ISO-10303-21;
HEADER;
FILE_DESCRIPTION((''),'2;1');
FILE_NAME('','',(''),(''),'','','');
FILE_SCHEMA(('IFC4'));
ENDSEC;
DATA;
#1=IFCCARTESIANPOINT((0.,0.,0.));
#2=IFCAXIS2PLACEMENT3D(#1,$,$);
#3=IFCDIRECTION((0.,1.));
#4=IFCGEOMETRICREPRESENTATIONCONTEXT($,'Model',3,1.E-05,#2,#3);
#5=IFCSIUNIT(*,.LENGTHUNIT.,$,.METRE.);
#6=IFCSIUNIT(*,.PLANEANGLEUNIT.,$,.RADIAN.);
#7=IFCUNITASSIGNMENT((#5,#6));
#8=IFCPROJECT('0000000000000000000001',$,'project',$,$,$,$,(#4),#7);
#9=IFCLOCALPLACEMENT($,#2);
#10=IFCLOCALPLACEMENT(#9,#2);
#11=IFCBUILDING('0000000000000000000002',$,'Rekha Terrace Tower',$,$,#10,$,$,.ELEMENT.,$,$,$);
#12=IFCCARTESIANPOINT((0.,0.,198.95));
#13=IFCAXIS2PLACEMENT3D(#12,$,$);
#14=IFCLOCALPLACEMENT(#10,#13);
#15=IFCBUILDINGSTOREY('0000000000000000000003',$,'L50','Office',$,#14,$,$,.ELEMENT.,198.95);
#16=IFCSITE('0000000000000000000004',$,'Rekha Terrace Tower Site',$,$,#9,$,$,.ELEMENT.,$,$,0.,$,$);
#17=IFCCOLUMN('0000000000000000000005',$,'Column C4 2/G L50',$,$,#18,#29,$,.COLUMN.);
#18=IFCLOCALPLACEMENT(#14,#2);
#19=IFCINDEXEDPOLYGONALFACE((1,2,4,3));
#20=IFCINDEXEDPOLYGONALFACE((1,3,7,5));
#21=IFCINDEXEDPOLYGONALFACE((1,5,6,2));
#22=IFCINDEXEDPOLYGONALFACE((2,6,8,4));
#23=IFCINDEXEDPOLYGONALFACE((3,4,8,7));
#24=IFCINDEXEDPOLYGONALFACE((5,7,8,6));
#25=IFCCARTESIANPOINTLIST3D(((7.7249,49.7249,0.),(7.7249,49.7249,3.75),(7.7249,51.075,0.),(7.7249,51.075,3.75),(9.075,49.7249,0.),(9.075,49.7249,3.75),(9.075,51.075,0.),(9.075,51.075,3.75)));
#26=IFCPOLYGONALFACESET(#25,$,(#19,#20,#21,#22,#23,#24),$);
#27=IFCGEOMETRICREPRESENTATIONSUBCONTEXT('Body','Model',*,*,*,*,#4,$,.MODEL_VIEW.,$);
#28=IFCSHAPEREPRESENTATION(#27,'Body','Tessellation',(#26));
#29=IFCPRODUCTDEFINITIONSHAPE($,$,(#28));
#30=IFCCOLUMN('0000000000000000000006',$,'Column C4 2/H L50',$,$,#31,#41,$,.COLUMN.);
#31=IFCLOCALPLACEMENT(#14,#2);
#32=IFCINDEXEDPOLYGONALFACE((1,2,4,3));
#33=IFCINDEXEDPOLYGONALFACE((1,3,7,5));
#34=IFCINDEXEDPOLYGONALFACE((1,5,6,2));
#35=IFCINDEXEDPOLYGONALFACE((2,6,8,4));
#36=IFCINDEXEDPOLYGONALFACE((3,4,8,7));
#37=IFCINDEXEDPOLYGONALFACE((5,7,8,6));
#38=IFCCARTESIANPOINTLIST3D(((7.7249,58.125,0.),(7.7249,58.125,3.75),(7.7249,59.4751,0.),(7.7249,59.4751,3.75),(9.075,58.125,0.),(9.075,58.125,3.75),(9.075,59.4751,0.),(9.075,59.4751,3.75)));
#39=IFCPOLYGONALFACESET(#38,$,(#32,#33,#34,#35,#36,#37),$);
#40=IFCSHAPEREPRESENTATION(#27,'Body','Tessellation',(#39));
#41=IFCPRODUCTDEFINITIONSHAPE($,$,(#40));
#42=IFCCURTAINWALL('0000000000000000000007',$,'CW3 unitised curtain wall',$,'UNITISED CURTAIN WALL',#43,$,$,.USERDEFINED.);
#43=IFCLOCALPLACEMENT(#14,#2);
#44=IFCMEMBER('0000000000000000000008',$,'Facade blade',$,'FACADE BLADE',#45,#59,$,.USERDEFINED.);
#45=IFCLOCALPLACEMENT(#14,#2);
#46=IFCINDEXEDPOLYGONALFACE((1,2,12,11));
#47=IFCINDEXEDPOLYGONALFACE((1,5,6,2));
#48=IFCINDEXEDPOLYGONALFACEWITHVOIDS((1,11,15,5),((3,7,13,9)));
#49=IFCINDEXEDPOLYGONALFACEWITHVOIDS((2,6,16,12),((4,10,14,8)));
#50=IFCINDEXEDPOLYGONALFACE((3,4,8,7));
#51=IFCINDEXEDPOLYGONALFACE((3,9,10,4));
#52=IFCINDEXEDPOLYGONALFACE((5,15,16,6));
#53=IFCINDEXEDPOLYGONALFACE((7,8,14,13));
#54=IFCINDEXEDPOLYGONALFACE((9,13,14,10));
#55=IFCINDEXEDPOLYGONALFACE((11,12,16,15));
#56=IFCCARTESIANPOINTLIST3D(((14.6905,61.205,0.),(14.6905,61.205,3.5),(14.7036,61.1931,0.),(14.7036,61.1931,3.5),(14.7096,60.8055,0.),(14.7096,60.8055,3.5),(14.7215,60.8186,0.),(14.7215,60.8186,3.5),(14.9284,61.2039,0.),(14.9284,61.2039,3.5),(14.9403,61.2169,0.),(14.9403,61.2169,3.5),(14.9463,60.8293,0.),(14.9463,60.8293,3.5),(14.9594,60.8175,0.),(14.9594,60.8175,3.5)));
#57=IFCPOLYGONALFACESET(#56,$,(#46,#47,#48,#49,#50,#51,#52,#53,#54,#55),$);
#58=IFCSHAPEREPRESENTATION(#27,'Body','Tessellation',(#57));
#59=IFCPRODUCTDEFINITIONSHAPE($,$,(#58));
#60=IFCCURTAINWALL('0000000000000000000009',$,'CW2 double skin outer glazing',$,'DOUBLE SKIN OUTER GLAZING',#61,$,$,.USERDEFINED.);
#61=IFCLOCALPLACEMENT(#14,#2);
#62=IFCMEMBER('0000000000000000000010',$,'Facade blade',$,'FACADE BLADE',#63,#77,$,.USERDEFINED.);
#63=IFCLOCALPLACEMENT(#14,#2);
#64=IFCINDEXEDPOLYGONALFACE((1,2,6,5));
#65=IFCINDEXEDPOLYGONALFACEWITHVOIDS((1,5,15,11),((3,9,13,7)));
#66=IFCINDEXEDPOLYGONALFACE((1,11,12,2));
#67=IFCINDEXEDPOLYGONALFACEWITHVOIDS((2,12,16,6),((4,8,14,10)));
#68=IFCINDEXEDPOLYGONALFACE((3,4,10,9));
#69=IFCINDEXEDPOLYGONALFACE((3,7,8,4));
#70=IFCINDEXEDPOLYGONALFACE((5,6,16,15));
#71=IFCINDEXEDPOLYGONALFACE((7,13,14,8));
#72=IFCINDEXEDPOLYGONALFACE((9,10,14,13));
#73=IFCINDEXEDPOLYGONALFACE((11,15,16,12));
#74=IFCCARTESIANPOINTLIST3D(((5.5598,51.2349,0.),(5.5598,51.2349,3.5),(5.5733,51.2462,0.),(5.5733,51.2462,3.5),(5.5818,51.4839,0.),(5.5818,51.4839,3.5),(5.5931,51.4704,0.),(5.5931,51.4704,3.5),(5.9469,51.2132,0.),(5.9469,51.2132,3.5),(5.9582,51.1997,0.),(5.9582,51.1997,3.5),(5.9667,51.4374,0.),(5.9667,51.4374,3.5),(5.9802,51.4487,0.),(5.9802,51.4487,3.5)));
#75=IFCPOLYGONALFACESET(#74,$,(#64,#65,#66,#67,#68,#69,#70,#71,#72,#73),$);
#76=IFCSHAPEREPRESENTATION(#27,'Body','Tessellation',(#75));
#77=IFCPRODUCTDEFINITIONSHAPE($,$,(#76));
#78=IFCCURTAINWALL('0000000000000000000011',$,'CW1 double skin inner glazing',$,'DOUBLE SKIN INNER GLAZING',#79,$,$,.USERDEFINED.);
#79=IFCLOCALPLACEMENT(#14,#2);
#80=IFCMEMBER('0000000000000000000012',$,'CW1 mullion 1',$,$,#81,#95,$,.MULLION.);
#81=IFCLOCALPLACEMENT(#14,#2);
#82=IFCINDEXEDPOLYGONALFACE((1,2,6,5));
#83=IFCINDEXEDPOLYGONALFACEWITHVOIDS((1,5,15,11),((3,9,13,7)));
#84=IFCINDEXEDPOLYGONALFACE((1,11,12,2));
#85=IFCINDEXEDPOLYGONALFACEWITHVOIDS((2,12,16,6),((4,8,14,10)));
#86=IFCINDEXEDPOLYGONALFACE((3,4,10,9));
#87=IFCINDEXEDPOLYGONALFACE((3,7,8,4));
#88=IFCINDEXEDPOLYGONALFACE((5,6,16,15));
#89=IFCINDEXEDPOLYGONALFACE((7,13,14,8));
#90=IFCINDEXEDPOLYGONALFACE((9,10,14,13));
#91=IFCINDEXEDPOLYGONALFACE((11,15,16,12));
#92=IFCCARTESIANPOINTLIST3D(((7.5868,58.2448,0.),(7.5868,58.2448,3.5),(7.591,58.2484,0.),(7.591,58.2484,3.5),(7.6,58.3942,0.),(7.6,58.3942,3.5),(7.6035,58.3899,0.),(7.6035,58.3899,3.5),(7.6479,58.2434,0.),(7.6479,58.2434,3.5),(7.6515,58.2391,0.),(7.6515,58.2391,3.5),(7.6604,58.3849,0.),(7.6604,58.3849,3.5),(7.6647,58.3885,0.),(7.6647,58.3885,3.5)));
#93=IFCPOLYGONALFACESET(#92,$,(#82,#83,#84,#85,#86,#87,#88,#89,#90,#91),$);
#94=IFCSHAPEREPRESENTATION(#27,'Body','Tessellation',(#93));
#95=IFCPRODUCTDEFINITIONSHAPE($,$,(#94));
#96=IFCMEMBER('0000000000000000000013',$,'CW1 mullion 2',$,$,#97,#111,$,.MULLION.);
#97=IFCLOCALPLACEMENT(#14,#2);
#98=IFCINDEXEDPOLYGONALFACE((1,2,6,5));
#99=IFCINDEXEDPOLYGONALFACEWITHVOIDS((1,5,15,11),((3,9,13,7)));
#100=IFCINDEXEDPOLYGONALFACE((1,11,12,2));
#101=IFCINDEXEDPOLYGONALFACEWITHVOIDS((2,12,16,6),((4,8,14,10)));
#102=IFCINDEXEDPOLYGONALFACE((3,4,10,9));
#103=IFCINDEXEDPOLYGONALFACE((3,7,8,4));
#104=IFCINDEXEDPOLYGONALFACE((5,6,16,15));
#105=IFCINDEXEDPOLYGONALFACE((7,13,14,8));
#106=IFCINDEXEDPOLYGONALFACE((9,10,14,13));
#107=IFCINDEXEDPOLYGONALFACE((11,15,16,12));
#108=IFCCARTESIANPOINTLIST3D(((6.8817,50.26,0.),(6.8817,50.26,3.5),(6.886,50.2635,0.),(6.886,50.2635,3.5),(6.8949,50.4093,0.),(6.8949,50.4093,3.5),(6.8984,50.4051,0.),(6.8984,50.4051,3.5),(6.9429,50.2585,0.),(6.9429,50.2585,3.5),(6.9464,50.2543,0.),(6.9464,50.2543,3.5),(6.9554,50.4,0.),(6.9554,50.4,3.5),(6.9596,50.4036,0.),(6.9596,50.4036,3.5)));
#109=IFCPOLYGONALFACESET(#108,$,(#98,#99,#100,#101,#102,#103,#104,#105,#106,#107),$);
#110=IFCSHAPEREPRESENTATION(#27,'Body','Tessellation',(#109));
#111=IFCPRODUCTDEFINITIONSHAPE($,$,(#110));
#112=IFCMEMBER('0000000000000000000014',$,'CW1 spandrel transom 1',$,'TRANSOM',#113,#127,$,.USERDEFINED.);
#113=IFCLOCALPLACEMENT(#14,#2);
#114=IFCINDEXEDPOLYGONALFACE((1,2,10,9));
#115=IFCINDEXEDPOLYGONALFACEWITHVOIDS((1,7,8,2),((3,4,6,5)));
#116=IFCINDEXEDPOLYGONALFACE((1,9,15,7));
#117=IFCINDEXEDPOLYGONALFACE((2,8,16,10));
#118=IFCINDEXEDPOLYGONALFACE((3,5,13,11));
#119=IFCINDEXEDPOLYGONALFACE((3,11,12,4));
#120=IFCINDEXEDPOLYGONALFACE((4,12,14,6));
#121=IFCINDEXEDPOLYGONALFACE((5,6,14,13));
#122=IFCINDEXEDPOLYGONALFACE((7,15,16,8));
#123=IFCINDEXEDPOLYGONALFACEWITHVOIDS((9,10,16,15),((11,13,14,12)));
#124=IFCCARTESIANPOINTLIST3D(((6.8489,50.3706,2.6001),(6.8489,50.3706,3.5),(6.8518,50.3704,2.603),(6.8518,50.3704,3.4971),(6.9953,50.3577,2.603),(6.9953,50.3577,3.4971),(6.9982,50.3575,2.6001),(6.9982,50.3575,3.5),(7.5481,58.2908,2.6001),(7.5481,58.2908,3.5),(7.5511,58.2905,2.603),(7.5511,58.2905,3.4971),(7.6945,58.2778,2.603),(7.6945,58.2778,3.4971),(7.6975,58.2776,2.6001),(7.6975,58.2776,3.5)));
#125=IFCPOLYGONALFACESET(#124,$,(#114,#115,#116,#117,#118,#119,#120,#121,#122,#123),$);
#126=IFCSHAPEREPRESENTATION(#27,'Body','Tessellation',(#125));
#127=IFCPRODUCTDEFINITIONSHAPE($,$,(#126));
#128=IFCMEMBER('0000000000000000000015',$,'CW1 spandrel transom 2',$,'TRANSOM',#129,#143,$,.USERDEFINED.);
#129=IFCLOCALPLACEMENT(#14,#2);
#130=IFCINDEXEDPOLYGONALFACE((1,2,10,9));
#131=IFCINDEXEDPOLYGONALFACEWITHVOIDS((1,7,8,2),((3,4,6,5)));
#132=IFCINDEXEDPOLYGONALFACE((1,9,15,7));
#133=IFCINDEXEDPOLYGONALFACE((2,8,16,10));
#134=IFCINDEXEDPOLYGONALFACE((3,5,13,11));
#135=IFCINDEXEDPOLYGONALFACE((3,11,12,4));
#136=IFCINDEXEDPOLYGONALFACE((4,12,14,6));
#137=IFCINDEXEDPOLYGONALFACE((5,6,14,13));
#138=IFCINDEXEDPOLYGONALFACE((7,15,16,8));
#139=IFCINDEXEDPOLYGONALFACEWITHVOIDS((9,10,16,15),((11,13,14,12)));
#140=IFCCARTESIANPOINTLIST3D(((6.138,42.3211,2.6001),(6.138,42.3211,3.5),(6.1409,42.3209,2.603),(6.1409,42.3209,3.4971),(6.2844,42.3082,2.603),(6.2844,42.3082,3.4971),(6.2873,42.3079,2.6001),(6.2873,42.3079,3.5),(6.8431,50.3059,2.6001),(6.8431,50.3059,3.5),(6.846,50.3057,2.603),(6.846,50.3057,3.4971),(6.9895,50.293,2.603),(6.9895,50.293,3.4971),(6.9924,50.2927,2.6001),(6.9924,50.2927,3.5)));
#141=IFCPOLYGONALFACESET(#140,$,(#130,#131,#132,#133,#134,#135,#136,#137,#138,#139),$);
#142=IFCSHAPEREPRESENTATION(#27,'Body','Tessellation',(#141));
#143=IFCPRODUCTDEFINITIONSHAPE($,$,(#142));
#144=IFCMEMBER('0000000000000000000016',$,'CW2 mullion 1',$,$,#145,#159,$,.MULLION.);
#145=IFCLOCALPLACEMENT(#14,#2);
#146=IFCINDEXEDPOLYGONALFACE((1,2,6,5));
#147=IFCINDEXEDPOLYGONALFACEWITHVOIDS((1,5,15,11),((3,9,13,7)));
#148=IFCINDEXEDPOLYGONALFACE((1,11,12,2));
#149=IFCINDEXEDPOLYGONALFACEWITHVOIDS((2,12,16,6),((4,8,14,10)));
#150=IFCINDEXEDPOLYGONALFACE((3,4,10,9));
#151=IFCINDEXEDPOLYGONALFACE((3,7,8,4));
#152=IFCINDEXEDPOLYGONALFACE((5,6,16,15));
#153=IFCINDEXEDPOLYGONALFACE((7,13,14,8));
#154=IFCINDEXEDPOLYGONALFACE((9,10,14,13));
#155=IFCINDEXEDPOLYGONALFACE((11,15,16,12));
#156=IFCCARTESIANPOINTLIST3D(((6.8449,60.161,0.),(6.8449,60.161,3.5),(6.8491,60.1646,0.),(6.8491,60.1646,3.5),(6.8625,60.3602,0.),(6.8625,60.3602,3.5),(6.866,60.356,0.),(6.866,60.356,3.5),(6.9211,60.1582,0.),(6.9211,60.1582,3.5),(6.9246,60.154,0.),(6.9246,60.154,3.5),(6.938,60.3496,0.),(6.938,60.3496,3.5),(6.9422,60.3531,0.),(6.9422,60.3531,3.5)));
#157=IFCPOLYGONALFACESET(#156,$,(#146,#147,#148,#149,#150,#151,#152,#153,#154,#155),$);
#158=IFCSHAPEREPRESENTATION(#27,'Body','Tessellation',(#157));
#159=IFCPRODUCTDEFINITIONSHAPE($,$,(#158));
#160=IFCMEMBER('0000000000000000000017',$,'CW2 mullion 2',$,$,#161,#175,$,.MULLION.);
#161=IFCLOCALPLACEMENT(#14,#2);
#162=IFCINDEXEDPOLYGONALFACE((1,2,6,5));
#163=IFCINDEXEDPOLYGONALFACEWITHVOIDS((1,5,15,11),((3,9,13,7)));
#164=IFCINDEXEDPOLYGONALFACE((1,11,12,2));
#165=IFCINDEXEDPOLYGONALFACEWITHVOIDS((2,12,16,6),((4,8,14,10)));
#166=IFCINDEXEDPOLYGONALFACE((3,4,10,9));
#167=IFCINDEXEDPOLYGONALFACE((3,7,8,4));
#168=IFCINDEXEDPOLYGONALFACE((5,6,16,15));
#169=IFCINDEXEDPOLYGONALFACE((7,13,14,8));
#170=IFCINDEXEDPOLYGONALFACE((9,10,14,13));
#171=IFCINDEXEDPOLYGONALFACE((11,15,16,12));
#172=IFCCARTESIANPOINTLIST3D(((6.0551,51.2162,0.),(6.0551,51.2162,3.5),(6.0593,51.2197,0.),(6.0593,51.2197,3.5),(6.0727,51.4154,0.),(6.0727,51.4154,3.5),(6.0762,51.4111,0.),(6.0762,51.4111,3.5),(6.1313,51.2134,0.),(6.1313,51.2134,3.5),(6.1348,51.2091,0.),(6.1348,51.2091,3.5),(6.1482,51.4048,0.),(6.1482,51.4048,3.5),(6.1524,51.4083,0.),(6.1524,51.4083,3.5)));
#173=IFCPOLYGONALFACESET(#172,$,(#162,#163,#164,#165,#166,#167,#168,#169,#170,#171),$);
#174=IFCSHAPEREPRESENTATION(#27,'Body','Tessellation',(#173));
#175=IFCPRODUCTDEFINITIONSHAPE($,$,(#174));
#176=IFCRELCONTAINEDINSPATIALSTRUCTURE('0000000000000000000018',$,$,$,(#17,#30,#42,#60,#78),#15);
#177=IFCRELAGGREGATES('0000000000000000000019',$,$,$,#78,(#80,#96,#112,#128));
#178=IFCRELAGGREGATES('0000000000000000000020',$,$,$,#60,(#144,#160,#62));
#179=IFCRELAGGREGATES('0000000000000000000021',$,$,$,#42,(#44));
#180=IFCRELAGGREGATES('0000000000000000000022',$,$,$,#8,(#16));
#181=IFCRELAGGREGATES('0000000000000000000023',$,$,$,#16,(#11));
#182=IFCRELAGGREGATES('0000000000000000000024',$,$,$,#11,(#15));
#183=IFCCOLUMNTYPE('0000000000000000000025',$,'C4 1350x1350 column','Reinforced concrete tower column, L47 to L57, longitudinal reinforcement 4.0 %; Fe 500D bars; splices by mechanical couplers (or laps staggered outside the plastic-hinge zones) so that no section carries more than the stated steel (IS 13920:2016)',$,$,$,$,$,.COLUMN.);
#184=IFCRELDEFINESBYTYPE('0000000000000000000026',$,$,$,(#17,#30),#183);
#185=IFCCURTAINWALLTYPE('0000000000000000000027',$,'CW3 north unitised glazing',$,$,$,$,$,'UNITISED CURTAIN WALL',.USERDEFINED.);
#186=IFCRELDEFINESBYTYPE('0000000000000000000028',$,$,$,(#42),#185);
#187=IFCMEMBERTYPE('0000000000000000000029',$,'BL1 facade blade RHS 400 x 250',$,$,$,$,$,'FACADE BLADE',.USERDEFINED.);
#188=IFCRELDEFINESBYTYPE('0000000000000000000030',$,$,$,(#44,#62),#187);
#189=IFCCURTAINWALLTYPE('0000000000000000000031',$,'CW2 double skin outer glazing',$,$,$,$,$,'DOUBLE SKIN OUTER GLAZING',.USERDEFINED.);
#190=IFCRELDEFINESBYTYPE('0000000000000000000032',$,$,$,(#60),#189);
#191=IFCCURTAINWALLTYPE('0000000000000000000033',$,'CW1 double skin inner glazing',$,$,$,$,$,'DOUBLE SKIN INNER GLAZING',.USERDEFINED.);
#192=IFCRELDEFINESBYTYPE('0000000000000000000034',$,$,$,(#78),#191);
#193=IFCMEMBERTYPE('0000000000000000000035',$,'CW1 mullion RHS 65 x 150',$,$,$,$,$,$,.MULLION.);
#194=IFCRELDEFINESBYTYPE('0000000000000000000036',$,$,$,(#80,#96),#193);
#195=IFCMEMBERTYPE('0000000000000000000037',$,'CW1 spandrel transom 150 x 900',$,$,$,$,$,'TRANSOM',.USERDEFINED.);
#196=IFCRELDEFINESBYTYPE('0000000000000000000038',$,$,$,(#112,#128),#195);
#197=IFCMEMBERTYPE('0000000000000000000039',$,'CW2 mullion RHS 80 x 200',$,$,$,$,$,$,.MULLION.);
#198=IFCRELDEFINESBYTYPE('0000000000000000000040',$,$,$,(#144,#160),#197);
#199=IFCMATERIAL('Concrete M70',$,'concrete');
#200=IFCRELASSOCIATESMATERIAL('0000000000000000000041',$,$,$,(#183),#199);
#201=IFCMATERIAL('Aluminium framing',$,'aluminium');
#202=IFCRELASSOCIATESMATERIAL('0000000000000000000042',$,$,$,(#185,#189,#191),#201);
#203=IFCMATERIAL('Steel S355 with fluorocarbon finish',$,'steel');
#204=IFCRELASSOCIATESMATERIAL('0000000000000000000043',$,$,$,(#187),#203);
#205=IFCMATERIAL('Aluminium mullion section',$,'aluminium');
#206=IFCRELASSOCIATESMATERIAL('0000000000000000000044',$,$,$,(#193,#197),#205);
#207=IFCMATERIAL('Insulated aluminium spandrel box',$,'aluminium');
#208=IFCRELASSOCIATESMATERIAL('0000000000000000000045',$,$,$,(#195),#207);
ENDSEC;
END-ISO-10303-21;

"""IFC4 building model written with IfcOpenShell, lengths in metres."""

from ifc_helpers import new_model, si_unit, direction, frame, origin, origin_2d, place, context, subcontext, project, spatial, rectangle, hollow_rectangle, extrude, material, material_profile, profile_set, type_object, element, aggregate, save


model = new_model("IFC4")

# Units and contexts
model_context = context("Model", 3, precision=1e-05, world=origin(), true_north=direction((0.0, 1.0)))
body_context = subcontext(model_context, "Body", "Model", "MODEL_VIEW")
ifc_project = project(units=[si_unit("LENGTHUNIT", "METRE"), si_unit("PLANEANGLEUNIT", "RADIAN")], contexts=[model_context])

# Site, building, storey
site_placement = place(None, origin())
site = spatial("IfcSite", under=ifc_project, at=site_placement, Name="Rekha Terrace Tower Site", CompositionType="ELEMENT", RefElevation=0.0)
building_placement = place(site_placement, origin())
building = spatial("IfcBuilding", under=site, at=building_placement, Name="Rekha Terrace Tower", CompositionType="ELEMENT")
storey_placement = place(building_placement, frame((0.0, 0.0, 198.95)))
storey = spatial("IfcBuildingStorey", under=building, at=storey_placement, Name="L50", Description="Office", CompositionType="ELEMENT", Elevation=198.95)

# Columns
ifc_material_1 = material(Name="Concrete M70", Category="concrete")
ifc_material_profile_1 = material_profile(ifc_material_1, rectangle(XDim=1.3501, YDim=1.3501, at=origin_2d()), Name="RC 1350x1350")
ifc_profile_set_1 = profile_set([ifc_material_profile_1], Name="Concrete M70")
column_type = type_object("IfcColumnType", Name="C4 1350x1350 column", Description="Reinforced concrete tower column, L47 to L57, longitudinal reinforcement 4.0 %; Fe 500D bars; splices by mechanical couplers (or laps staggered outside the plastic-hinge zones) so that no section carries more than the stated steel (IS 13920:2016)", PredefinedType="COLUMN", material=ifc_profile_set_1)
for number, where, z_axis, x_axis, name in (
    (1, (8.3999, 50.3999, 0.0), (0.0, 0.0, 1.0), (1.0, 0.0, 0.0), "Column C4 2/G L50"),
    (2, (8.3999, 58.8, 0.0), (0.0, 0.0, 1.0), (1.0, 0.0, 0.0), "Column C4 2/H L50"),
):
    element("IfcColumn", number, at=place(storey_placement, frame(where, z_axis=z_axis, x_axis=x_axis)), inside=storey, type_object=column_type, Name=name, PredefinedType="COLUMN", context=body_context, shape_type="SweptSolid", body=[
        extrude(rectangle(XDim=1.3501, YDim=1.3501, at=origin_2d()), origin(), (0.0, 0.0, 1.0), 3.75),
    ])

# Curtain walls, members
ifc_material_2 = material(Name="Aluminium framing", Category="aluminium")
curtain_wall_type_1 = type_object("IfcCurtainWallType", Name="CW3 north unitised glazing", ElementType="UNITISED CURTAIN WALL", PredefinedType="USERDEFINED", material=ifc_material_2)
curtain_wall_1_placement = place(storey_placement, origin())
curtain_wall_1 = element("IfcCurtainWall", 3, at=curtain_wall_1_placement, inside=storey, type_object=curtain_wall_type_1, Name="CW3 unitised curtain wall", ObjectType="UNITISED CURTAIN WALL", PredefinedType="USERDEFINED")
ifc_material_3 = material(Name="Steel S355 with fluorocarbon finish", Category="steel")
ifc_material_profile_2 = material_profile(ifc_material_3, hollow_rectangle(XDim=0.25, YDim=0.3999, WallThickness=0.0125, at=origin_2d()), Name="RHS400x250x12.5")
ifc_profile_set_2 = profile_set([ifc_material_profile_2], Name="Steel S355 with fluorocarbon finish")
member_type_1 = type_object("IfcMemberType", Name="BL1 facade blade RHS 400 x 250", ElementType="FACADE BLADE", PredefinedType="USERDEFINED", material=ifc_profile_set_2)
member_1_placement = place(storey_placement, frame((14.825, 61.0112, 0.0), z_axis=(0.0, 0.0, 1.0), x_axis=(-0.998859, -0.047758, 0.0)))
member_1 = element("IfcMember", 4, at=member_1_placement, type_object=member_type_1, Name="Facade blade", ObjectType="FACADE BLADE", PredefinedType="USERDEFINED", context=body_context, shape_type="SweptSolid", body=[
    extrude(hollow_rectangle(XDim=0.25, YDim=0.3999, WallThickness=0.0125, at=origin_2d()), origin(), (0.0, 0.0, 1.0), 3.5),
])
curtain_wall_type_2 = type_object("IfcCurtainWallType", Name="CW2 double skin outer glazing", ElementType="DOUBLE SKIN OUTER GLAZING", PredefinedType="USERDEFINED", material=ifc_material_2)
curtain_wall_2_placement = place(storey_placement, origin())
curtain_wall_2 = element("IfcCurtainWall", 5, at=curtain_wall_2_placement, inside=storey, type_object=curtain_wall_type_2, Name="CW2 double skin outer glazing", ObjectType="DOUBLE SKIN OUTER GLAZING", PredefinedType="USERDEFINED")
member_2_placement = place(storey_placement, frame((5.77, 51.3418, 0.0), z_axis=(0.0, 0.0, 1.0), x_axis=(-0.087957, -0.996124, 0.0)))
member_2 = element("IfcMember", 6, at=member_2_placement, type_object=member_type_1, Name="Facade blade", ObjectType="FACADE BLADE", PredefinedType="USERDEFINED", context=body_context, shape_type="SweptSolid", body=[
    extrude(hollow_rectangle(XDim=0.25, YDim=0.3999, WallThickness=0.0125, at=origin_2d()), origin(), (0.0, 0.0, 1.0), 3.5),
])

# Curtain wall, members
curtain_wall_type_3 = type_object("IfcCurtainWallType", Name="CW1 double skin inner glazing", ElementType="DOUBLE SKIN INNER GLAZING", PredefinedType="USERDEFINED", material=ifc_material_2)
curtain_wall_3_placement = place(storey_placement, origin())
curtain_wall_3 = element("IfcCurtainWall", 7, at=curtain_wall_3_placement, inside=storey, type_object=curtain_wall_type_3, Name="CW1 double skin inner glazing", ObjectType="DOUBLE SKIN INNER GLAZING", PredefinedType="USERDEFINED")
ifc_material_4 = material(Name="Aluminium mullion section", Category="aluminium")
ifc_material_profile_3 = material_profile(ifc_material_4, hollow_rectangle(XDim=0.0649, YDim=0.1499, WallThickness=0.0039, at=origin_2d()), Name="AL RHS 65x150")
ifc_profile_set_3 = profile_set([ifc_material_profile_3], Name="Aluminium mullion section")
member_type_2 = type_object("IfcMemberType", Name="CW1 mullion RHS 65 x 150", PredefinedType="MULLION", material=ifc_profile_set_3)
member_3_placement = place(storey_placement, frame((7.6257, 58.3167, 0.0), z_axis=(0.0, 0.0, 1.0), x_axis=(0.996124, -0.087958, 0.0)))
member_3 = element("IfcMember", 8, at=member_3_placement, type_object=member_type_2, Name="CW1 mullion 1", PredefinedType="MULLION", context=body_context, shape_type="SweptSolid", body=[
    extrude(hollow_rectangle(XDim=0.0649, YDim=0.1499, WallThickness=0.0039, at=origin_2d()), origin(), (0.0, 0.0, 1.0), 3.5),
])
member_4_placement = place(storey_placement, frame((6.9207, 50.3318, 0.0), z_axis=(0.0, 0.0, 1.0), x_axis=(0.996124, -0.087958, 0.0)))
member_4 = element("IfcMember", 9, at=member_4_placement, type_object=member_type_2, Name="CW1 mullion 2", PredefinedType="MULLION", context=body_context, shape_type="SweptSolid", body=[
    extrude(hollow_rectangle(XDim=0.0649, YDim=0.1499, WallThickness=0.0039, at=origin_2d()), origin(), (0.0, 0.0, 1.0), 3.5),
])
ifc_material_5 = material(Name="Insulated aluminium spandrel box", Category="aluminium")
ifc_material_profile_4 = material_profile(ifc_material_5, hollow_rectangle(XDim=0.1499, YDim=0.8999, WallThickness=0.0029, at=origin_2d()), Name="AL SPANDREL BOX 150x900")
ifc_profile_set_4 = profile_set([ifc_material_profile_4], Name="Insulated aluminium spandrel box")
member_type_3 = type_object("IfcMemberType", Name="CW1 spandrel transom 150 x 900", ElementType="TRANSOM", PredefinedType="USERDEFINED", material=ifc_profile_set_4)
member_5_placement = place(storey_placement, frame((7.6228, 58.2842, 3.05), z_axis=(-0.087941, -0.996126, 0.0), x_axis=(0.996126, -0.087941, 0.0)))
member_5 = element("IfcMember", 10, at=member_5_placement, type_object=member_type_3, Name="CW1 spandrel transom 1", ObjectType="TRANSOM", PredefinedType="USERDEFINED", context=body_context, shape_type="SweptSolid", body=[
    extrude(hollow_rectangle(XDim=0.1499, YDim=0.8999, WallThickness=0.0029, at=origin_2d()), origin(), (0.0, 0.0, 1.0), 7.9509),
])
member_6_placement = place(storey_placement, frame((6.9177, 50.2993, 3.05), z_axis=(-0.08796, -0.996124, 0.0), x_axis=(0.996124, -0.08796, 0.0)))
member_6 = element("IfcMember", 11, at=member_6_placement, type_object=member_type_3, Name="CW1 spandrel transom 2", ObjectType="TRANSOM", PredefinedType="USERDEFINED", context=body_context, shape_type="SweptSolid", body=[
    extrude(hollow_rectangle(XDim=0.1499, YDim=0.8999, WallThickness=0.0029, at=origin_2d()), origin(), (0.0, 0.0, 1.0), 8.0159),
])

# Members
ifc_material_profile_5 = material_profile(ifc_material_4, hollow_rectangle(XDim=0.0801, YDim=0.2, WallThickness=0.0039, at=origin_2d()), Name="AL RHS 80x200")
ifc_profile_set_5 = profile_set([ifc_material_profile_5], Name="Aluminium mullion section")
member_type_4 = type_object("IfcMemberType", Name="CW2 mullion RHS 80 x 200", PredefinedType="MULLION", material=ifc_profile_set_5)
member_7_placement = place(storey_placement, frame((6.8936, 60.2571, 0.0), z_axis=(0.0, 0.0, 1.0), x_axis=(0.996124, -0.087958, 0.0)))
member_7 = element("IfcMember", 12, at=member_7_placement, type_object=member_type_4, Name="CW2 mullion 1", PredefinedType="MULLION", context=body_context, shape_type="SweptSolid", body=[
    extrude(hollow_rectangle(XDim=0.0801, YDim=0.2, WallThickness=0.0039, at=origin_2d()), origin(), (0.0, 0.0, 1.0), 3.5),
])
member_8_placement = place(storey_placement, frame((6.1038, 51.3123, 0.0), z_axis=(0.0, 0.0, 1.0), x_axis=(0.996124, -0.087958, 0.0)))
member_8 = element("IfcMember", 13, at=member_8_placement, type_object=member_type_4, Name="CW2 mullion 2", PredefinedType="MULLION", context=body_context, shape_type="SweptSolid", body=[
    extrude(hollow_rectangle(XDim=0.0801, YDim=0.2, WallThickness=0.0039, at=origin_2d()), origin(), (0.0, 0.0, 1.0), 3.5),
])

aggregate(curtain_wall_3, [member_3, member_4, member_5, member_6])
aggregate(curtain_wall_2, [member_7, member_8, member_2])
aggregate(curtain_wall_1, [member_1])

save(model, "model.ifc")
